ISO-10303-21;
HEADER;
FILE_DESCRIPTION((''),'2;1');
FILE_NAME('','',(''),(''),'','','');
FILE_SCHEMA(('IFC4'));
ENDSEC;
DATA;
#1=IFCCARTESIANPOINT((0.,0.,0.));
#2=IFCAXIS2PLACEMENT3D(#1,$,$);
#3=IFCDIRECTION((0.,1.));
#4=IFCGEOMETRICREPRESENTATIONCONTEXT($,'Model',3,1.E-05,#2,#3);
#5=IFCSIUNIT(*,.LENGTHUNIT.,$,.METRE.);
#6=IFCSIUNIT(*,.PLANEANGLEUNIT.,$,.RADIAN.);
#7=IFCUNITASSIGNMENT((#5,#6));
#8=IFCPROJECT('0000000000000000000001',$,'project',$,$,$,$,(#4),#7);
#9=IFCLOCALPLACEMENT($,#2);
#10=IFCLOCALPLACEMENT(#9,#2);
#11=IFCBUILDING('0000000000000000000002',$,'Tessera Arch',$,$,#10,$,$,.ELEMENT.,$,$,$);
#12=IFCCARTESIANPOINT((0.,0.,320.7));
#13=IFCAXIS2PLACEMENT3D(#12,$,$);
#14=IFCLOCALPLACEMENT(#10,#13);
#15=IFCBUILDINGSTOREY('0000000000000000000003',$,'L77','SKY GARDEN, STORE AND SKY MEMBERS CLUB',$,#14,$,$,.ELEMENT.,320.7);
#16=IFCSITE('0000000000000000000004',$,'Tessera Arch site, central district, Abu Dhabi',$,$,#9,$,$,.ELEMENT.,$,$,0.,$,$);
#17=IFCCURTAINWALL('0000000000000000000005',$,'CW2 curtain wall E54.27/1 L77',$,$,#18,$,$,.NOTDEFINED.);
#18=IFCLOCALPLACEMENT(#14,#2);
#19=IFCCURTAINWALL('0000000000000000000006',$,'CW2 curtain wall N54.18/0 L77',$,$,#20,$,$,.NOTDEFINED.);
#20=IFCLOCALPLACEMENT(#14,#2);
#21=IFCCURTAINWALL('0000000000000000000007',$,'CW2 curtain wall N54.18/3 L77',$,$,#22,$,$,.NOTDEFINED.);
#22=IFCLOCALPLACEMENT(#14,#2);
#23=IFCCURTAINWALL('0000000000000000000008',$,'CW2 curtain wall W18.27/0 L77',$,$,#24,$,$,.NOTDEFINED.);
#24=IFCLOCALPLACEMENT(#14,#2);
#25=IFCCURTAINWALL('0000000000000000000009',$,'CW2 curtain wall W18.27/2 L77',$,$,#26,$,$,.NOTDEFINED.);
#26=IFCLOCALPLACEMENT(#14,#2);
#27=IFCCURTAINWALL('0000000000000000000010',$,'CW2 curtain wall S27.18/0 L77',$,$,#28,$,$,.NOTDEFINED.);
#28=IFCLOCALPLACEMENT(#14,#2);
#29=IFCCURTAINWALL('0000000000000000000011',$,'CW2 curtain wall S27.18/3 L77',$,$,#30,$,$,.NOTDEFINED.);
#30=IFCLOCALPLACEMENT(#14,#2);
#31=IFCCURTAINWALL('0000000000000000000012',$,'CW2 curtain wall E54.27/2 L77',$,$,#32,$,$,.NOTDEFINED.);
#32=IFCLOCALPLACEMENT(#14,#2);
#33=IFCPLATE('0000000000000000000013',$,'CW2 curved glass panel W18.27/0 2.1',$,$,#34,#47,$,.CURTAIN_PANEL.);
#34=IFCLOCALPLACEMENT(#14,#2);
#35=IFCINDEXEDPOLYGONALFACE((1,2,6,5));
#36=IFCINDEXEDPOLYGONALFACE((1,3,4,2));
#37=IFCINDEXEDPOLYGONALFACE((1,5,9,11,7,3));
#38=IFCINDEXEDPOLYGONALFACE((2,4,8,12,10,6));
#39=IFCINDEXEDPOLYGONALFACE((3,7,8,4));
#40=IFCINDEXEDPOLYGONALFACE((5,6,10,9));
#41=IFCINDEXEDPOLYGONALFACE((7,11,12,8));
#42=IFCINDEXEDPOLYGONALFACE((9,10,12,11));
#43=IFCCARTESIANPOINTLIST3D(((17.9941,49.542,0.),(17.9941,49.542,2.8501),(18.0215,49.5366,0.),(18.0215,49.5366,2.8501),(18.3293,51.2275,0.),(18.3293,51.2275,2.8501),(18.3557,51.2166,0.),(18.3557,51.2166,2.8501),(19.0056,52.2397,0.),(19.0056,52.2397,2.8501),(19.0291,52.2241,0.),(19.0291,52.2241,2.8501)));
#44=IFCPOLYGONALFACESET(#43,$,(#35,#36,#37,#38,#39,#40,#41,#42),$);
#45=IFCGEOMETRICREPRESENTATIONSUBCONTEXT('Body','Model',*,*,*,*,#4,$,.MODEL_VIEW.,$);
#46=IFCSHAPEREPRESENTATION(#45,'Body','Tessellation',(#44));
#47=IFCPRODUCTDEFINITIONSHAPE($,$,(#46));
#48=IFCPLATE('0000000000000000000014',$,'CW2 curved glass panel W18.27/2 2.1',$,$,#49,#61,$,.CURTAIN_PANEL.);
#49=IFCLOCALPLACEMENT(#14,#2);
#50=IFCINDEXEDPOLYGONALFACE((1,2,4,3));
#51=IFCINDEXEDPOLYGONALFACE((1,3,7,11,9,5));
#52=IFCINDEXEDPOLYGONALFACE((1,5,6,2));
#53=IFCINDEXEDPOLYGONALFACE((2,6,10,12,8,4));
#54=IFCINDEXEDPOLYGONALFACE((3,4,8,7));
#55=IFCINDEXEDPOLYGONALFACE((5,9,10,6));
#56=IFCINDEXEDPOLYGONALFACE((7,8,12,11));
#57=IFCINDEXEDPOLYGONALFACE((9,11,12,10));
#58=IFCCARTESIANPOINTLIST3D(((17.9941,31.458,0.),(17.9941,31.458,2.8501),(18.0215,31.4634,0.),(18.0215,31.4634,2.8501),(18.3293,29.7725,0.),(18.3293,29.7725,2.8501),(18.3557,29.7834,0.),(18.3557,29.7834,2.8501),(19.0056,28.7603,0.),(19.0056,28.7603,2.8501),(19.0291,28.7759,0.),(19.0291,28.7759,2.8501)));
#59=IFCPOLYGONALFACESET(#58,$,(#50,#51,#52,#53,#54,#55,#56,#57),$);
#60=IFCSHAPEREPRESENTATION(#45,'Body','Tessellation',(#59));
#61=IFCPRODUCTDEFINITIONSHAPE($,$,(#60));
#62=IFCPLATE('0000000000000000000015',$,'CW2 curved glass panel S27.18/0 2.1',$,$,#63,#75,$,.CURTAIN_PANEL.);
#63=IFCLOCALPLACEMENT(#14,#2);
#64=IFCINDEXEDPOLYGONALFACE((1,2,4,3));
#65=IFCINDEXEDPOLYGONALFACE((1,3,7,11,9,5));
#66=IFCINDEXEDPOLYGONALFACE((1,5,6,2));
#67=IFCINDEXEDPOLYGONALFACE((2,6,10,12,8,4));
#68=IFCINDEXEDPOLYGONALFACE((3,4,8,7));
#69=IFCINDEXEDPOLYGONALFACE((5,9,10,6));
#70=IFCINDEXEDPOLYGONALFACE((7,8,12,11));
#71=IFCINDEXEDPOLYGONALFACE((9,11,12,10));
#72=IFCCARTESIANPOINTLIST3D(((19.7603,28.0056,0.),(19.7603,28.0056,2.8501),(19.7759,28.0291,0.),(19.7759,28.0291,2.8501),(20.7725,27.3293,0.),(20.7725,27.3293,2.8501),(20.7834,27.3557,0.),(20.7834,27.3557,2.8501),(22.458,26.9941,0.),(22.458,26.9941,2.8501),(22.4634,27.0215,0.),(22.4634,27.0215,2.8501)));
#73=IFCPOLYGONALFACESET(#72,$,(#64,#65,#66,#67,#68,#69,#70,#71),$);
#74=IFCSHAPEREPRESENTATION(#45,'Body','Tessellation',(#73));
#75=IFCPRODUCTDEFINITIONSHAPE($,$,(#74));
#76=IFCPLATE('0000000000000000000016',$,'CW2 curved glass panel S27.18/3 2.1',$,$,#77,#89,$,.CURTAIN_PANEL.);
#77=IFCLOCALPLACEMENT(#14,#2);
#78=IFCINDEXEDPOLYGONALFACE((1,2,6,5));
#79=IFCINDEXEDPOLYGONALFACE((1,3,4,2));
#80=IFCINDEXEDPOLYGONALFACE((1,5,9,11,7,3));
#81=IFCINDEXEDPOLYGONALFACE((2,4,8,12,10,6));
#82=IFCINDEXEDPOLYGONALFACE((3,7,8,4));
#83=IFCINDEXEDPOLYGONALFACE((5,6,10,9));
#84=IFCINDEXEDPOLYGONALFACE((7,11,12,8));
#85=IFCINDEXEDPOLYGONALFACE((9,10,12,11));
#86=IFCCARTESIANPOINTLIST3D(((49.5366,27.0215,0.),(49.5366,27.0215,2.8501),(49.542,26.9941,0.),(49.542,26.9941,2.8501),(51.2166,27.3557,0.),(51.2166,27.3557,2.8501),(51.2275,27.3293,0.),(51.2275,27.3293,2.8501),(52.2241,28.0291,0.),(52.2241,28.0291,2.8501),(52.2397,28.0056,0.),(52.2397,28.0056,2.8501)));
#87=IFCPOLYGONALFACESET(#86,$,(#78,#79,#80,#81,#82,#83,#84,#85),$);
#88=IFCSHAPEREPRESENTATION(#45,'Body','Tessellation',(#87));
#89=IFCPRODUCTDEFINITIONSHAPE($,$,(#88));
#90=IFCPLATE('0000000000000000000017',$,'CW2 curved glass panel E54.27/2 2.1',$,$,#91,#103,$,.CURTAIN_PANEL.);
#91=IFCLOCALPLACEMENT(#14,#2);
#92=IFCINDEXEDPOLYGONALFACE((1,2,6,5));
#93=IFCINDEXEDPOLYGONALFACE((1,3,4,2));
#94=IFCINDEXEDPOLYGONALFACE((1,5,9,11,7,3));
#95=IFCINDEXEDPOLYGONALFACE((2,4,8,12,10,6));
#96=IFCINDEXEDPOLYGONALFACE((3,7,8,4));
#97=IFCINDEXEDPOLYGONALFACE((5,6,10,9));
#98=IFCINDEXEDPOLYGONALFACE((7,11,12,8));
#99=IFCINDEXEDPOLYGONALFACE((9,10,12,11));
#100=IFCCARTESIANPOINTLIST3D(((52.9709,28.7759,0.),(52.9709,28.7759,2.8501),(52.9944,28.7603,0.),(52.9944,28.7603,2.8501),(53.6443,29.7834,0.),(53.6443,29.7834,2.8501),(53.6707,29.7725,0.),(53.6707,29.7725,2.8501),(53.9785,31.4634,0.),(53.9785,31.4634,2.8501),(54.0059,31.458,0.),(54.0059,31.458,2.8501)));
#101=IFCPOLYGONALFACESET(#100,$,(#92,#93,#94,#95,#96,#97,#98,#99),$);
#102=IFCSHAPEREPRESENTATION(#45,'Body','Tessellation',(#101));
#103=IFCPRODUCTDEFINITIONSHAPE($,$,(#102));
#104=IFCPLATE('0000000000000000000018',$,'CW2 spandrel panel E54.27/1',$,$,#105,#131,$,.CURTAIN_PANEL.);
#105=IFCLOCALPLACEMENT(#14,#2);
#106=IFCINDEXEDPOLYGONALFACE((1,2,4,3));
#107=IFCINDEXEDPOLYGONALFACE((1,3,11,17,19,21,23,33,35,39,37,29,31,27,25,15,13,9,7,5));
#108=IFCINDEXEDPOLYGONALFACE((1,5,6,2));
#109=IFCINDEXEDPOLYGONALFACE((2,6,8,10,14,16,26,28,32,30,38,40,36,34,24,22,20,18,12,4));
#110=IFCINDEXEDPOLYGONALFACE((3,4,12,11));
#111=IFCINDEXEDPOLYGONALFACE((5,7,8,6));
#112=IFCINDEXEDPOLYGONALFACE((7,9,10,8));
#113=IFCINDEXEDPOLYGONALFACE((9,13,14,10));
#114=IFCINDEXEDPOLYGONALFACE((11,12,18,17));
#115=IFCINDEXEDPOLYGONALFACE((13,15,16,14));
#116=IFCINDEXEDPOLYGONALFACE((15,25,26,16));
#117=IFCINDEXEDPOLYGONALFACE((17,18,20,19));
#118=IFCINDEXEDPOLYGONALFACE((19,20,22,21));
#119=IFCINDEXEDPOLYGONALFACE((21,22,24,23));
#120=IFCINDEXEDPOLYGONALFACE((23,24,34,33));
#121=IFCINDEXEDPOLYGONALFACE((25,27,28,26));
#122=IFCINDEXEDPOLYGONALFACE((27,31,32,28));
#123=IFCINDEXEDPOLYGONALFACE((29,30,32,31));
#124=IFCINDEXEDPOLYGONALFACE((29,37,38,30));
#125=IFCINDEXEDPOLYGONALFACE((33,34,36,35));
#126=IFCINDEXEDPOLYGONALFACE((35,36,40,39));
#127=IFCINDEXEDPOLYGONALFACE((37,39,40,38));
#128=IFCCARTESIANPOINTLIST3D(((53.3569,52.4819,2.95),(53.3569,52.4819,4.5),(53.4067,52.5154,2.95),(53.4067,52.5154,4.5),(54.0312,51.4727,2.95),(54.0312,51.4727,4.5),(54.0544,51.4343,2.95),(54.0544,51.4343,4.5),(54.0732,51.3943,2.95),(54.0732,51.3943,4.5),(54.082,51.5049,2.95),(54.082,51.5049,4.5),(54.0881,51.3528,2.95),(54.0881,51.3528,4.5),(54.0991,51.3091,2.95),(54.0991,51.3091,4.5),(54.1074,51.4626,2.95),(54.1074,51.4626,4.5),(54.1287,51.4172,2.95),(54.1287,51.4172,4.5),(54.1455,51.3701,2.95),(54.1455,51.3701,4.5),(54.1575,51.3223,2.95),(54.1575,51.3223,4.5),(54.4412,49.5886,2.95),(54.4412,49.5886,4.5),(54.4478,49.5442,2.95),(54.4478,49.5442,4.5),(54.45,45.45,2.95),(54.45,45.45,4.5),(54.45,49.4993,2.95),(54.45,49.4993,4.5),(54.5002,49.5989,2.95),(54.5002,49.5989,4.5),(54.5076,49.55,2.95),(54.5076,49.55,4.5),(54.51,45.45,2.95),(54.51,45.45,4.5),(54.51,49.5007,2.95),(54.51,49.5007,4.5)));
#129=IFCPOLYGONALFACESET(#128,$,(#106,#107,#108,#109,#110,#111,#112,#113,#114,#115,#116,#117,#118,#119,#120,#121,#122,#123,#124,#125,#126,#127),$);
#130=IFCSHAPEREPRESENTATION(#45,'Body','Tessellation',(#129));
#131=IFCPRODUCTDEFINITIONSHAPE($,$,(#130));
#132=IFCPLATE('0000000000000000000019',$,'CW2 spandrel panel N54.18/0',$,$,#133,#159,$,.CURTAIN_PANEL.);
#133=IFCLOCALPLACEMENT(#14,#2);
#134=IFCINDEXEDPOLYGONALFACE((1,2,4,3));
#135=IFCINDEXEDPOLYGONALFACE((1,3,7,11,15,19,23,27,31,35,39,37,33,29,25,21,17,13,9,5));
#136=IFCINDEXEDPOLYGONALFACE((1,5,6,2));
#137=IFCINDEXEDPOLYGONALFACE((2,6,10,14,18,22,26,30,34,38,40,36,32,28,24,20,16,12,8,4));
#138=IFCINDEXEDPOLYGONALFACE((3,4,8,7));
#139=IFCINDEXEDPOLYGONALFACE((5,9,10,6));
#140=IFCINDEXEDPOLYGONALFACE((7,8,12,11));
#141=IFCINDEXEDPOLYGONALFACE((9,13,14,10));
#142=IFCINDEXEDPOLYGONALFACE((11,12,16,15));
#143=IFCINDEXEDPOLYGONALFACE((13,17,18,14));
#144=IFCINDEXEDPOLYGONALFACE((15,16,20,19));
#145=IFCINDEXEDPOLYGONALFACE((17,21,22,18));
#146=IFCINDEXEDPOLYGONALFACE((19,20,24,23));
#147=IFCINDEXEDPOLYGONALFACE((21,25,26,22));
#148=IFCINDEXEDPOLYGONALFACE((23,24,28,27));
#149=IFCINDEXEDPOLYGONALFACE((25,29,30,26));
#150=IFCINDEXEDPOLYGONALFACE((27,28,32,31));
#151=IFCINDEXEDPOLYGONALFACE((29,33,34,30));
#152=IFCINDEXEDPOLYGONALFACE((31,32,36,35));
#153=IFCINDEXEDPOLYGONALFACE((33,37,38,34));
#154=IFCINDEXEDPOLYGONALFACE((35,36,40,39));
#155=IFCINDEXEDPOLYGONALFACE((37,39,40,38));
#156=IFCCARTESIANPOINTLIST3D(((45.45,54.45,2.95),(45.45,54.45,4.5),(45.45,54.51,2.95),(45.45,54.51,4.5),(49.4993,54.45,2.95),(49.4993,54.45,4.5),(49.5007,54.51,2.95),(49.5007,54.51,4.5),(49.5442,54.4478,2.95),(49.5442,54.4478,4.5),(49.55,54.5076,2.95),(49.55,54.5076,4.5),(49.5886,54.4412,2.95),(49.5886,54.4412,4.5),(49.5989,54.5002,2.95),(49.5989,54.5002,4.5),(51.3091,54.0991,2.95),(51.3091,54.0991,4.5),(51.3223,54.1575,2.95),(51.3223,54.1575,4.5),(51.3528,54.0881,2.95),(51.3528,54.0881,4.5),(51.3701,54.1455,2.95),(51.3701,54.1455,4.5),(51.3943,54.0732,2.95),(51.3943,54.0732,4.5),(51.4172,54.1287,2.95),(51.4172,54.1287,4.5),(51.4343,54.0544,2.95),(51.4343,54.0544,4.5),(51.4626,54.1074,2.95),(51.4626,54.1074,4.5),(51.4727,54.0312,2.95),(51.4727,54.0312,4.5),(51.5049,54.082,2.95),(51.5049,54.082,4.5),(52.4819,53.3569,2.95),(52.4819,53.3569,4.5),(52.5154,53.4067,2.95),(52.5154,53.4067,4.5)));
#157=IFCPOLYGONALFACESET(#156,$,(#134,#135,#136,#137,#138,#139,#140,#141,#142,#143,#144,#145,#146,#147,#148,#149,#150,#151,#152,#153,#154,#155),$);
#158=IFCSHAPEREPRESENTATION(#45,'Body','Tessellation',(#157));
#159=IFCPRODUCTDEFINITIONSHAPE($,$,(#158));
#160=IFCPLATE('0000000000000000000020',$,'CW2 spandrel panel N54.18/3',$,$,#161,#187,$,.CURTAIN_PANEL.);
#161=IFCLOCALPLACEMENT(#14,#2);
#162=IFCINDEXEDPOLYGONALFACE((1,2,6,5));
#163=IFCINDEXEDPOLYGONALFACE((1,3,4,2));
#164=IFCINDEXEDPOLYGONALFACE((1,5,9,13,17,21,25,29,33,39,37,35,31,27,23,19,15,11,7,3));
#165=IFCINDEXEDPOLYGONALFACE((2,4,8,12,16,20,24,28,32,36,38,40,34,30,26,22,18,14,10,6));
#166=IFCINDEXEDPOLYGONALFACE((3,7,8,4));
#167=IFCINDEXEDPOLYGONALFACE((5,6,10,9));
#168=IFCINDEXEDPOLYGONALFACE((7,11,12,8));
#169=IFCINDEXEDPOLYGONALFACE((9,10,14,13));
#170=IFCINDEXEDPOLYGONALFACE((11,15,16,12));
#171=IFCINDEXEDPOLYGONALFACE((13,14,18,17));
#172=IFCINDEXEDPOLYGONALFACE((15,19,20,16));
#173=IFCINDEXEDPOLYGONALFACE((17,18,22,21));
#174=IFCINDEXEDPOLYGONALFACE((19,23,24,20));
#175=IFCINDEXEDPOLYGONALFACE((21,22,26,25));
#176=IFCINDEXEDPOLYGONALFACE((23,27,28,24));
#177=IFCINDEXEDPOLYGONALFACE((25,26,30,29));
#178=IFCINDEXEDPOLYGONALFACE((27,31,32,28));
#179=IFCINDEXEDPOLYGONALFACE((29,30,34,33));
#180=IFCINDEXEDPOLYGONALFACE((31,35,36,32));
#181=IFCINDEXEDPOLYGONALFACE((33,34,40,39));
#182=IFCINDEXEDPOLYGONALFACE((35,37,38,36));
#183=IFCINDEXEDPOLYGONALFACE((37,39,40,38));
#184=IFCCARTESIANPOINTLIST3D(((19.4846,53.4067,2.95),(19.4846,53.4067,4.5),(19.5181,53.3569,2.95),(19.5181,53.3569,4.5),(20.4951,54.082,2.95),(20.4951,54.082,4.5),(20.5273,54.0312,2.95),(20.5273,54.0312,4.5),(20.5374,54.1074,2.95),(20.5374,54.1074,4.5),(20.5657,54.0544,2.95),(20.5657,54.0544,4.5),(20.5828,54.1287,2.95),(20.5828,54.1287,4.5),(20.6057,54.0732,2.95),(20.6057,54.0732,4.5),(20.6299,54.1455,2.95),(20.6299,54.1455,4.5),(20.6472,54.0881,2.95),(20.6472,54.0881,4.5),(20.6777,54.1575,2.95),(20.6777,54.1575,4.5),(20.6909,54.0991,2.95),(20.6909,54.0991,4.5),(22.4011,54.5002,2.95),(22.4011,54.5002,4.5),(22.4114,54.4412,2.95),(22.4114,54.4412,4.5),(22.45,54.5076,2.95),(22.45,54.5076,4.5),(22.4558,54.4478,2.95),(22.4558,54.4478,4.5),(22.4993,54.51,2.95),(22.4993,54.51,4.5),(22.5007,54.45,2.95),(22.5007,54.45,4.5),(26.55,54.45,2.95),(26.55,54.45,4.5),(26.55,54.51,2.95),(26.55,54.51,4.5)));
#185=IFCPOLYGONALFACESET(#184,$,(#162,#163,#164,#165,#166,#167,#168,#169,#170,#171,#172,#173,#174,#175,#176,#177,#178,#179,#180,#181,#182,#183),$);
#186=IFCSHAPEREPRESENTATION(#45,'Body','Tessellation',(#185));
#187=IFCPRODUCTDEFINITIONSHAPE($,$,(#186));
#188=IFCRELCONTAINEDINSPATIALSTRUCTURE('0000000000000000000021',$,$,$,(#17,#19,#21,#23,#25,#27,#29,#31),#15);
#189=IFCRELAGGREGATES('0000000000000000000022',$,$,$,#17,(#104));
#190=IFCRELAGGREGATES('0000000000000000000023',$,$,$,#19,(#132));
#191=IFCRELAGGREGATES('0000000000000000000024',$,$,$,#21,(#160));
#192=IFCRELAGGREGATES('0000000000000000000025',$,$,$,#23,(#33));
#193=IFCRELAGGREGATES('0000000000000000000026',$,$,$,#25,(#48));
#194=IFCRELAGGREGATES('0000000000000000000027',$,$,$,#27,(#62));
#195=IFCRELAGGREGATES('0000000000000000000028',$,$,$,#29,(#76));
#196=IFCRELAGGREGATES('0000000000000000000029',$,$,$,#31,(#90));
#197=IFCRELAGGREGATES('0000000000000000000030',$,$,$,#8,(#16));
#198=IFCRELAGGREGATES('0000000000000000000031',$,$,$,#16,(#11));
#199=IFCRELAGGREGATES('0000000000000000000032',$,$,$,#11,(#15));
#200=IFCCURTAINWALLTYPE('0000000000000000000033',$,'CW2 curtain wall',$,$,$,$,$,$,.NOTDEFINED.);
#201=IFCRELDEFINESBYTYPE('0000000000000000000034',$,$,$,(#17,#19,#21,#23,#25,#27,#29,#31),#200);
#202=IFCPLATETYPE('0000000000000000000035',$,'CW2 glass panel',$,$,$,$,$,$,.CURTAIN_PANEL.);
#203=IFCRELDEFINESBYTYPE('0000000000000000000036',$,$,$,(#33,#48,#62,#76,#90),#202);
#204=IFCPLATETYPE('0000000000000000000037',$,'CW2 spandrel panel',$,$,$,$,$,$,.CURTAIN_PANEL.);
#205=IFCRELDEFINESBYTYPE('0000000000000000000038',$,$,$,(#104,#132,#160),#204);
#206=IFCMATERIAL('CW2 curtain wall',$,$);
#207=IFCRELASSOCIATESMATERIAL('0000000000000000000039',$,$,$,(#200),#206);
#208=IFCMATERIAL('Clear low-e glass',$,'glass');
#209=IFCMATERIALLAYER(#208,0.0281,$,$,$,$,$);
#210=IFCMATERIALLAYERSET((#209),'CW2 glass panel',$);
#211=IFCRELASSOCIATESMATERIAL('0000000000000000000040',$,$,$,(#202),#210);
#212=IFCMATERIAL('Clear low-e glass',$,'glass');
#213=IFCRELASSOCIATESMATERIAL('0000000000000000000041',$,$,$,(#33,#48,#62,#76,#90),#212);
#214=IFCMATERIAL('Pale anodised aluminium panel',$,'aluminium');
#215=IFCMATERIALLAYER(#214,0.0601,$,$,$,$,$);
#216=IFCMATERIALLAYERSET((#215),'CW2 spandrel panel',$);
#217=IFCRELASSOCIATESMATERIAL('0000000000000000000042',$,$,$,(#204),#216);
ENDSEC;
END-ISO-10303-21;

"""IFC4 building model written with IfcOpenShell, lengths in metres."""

from ifc_helpers import new_model, si_unit, direction, frame, origin, place, context, subcontext, project, spatial, polyline, outline, extrude, material, layer, layer_set, type_object, element, aggregate, save


model = new_model("IFC4")

# Units and contexts
model_context = context("Model", 3, precision=1e-05, world=origin(), true_north=direction((0.0, 1.0)))
body_context = subcontext(model_context, "Body", "Model", "MODEL_VIEW")
ifc_project = project(units=[si_unit("LENGTHUNIT", "METRE"), si_unit("PLANEANGLEUNIT", "RADIAN")], contexts=[model_context])

# Site, building, storey
site_placement = place(None, origin())
site = spatial("IfcSite", under=ifc_project, at=site_placement, Name="Tessera Arch site, central district, Abu Dhabi", CompositionType="ELEMENT", RefElevation=0.0)
building_placement = place(site_placement, origin())
building = spatial("IfcBuilding", under=site, at=building_placement, Name="Tessera Arch", CompositionType="ELEMENT")
storey_placement = place(building_placement, frame((0.0, 0.0, 320.7)))
storey = spatial("IfcBuildingStorey", under=building, at=storey_placement, Name="L77", Description="SKY GARDEN, STORE AND SKY MEMBERS CLUB", CompositionType="ELEMENT", Elevation=320.7)

# Curtain walls
ifc_material_1 = material(Name="CW2 curtain wall")
curtain_wall_type = type_object("IfcCurtainWallType", Name="CW2 curtain wall", PredefinedType="NOTDEFINED", material=ifc_material_1)
curtain_wall_1_placement = place(storey_placement, origin())
curtain_wall_1 = element("IfcCurtainWall", 1, at=curtain_wall_1_placement, inside=storey, type_object=curtain_wall_type, Name="CW2 curtain wall E54.27/1 L77", PredefinedType="NOTDEFINED")
curtain_wall_2_placement = place(storey_placement, origin())
curtain_wall_2 = element("IfcCurtainWall", 2, at=curtain_wall_2_placement, inside=storey, type_object=curtain_wall_type, Name="CW2 curtain wall N54.18/0 L77", PredefinedType="NOTDEFINED")
curtain_wall_3_placement = place(storey_placement, origin())
curtain_wall_3 = element("IfcCurtainWall", 3, at=curtain_wall_3_placement, inside=storey, type_object=curtain_wall_type, Name="CW2 curtain wall N54.18/3 L77", PredefinedType="NOTDEFINED")
curtain_wall_4_placement = place(storey_placement, origin())
curtain_wall_4 = element("IfcCurtainWall", 4, at=curtain_wall_4_placement, inside=storey, type_object=curtain_wall_type, Name="CW2 curtain wall W18.27/0 L77", PredefinedType="NOTDEFINED")
curtain_wall_5_placement = place(storey_placement, origin())
curtain_wall_5 = element("IfcCurtainWall", 5, at=curtain_wall_5_placement, inside=storey, type_object=curtain_wall_type, Name="CW2 curtain wall W18.27/2 L77", PredefinedType="NOTDEFINED")
curtain_wall_6_placement = place(storey_placement, origin())
curtain_wall_6 = element("IfcCurtainWall", 6, at=curtain_wall_6_placement, inside=storey, type_object=curtain_wall_type, Name="CW2 curtain wall S27.18/0 L77", PredefinedType="NOTDEFINED")
curtain_wall_7_placement = place(storey_placement, origin())
curtain_wall_7 = element("IfcCurtainWall", 7, at=curtain_wall_7_placement, inside=storey, type_object=curtain_wall_type, Name="CW2 curtain wall S27.18/3 L77", PredefinedType="NOTDEFINED")
curtain_wall_8_placement = place(storey_placement, origin())
curtain_wall_8 = element("IfcCurtainWall", 8, at=curtain_wall_8_placement, inside=storey, type_object=curtain_wall_type, Name="CW2 curtain wall E54.27/2 L77", PredefinedType="NOTDEFINED")

# Plates
ifc_material_2 = material(Name="Clear low-e glass", Category="glass")
ifc_material_3 = material(Name="Clear low-e glass", Category="glass")
ifc_layer_1 = layer(ifc_material_3, 0.0281)
ifc_layer_set_1 = layer_set([ifc_layer_1], Name="CW2 glass panel")
plate_type_1 = type_object("IfcPlateType", Name="CW2 glass panel", PredefinedType="CURTAIN_PANEL", material=ifc_layer_set_1)
plate_1_placement = place(storey_placement, origin())
plate_1 = element("IfcPlate", 9, at=plate_1_placement, type_object=plate_type_1, material=ifc_material_2, Name="CW2 curved glass panel W18.27/0 2.1", PredefinedType="CURTAIN_PANEL", context=body_context, shape_type="SweptSolid", body=[
    extrude(outline(polyline([(18.3557, 51.2166), (19.0291, 52.2241), (19.0056, 52.2397), (18.3293, 51.2275), (17.9941, 49.542), (18.0215, 49.5366), (18.3557, 51.2166)])), origin(), (0.0, 0.0, 1.0), 2.8501),
])
plate_2_placement = place(storey_placement, origin())
plate_2 = element("IfcPlate", 10, at=plate_2_placement, type_object=plate_type_1, material=ifc_material_2, Name="CW2 curved glass panel W18.27/2 2.1", PredefinedType="CURTAIN_PANEL", context=body_context, shape_type="SweptSolid", body=[
    extrude(outline(polyline([(18.3557, 29.7834), (18.0215, 31.4634), (17.9941, 31.458), (18.3293, 29.7725), (19.0056, 28.7603), (19.0291, 28.7759), (18.3557, 29.7834)])), origin(), (0.0, 0.0, 1.0), 2.8501),
])
plate_3_placement = place(storey_placement, origin())
plate_3 = element("IfcPlate", 11, at=plate_3_placement, type_object=plate_type_1, material=ifc_material_2, Name="CW2 curved glass panel S27.18/0 2.1", PredefinedType="CURTAIN_PANEL", context=body_context, shape_type="SweptSolid", body=[
    extrude(outline(polyline([(20.7834, 27.3557), (19.7759, 28.0291), (19.7603, 28.0056), (20.7725, 27.3293), (22.458, 26.9941), (22.4634, 27.0215), (20.7834, 27.3557)])), origin(), (0.0, 0.0, 1.0), 2.8501),
])
plate_4_placement = place(storey_placement, origin())
plate_4 = element("IfcPlate", 12, at=plate_4_placement, type_object=plate_type_1, material=ifc_material_2, Name="CW2 curved glass panel S27.18/3 2.1", PredefinedType="CURTAIN_PANEL", context=body_context, shape_type="SweptSolid", body=[
    extrude(outline(polyline([(51.2166, 27.3557), (49.5366, 27.0215), (49.542, 26.9941), (51.2275, 27.3293), (52.2397, 28.0056), (52.2241, 28.0291), (51.2166, 27.3557)])), origin(), (0.0, 0.0, 1.0), 2.8501),
])
plate_5_placement = place(storey_placement, origin())
plate_5 = element("IfcPlate", 13, at=plate_5_placement, type_object=plate_type_1, material=ifc_material_2, Name="CW2 curved glass panel E54.27/2 2.1", PredefinedType="CURTAIN_PANEL", context=body_context, shape_type="SweptSolid", body=[
    extrude(outline(polyline([(53.6443, 29.7834), (52.9709, 28.7759), (52.9944, 28.7603), (53.6707, 29.7725), (54.0059, 31.458), (53.9785, 31.4634), (53.6443, 29.7834)])), origin(), (0.0, 0.0, 1.0), 2.8501),
])
ifc_material_4 = material(Name="Pale anodised aluminium panel", Category="aluminium")
ifc_layer_2 = layer(ifc_material_4, 0.0601)
ifc_layer_set_2 = layer_set([ifc_layer_2], Name="CW2 spandrel panel")
plate_type_2 = type_object("IfcPlateType", Name="CW2 spandrel panel", PredefinedType="CURTAIN_PANEL", material=ifc_layer_set_2)
plate_6_placement = place(storey_placement, frame((0.0, 0.0, 2.95)))
plate_6 = element("IfcPlate", 14, at=plate_6_placement, type_object=plate_type_2, Name="CW2 spandrel panel E54.27/1", PredefinedType="CURTAIN_PANEL", context=body_context, shape_type="SweptSolid", body=[
    extrude(outline(polyline([(54.45, 49.4993), (54.45, 45.45), (54.51, 45.45), (54.51, 49.5007), (54.5076, 49.55), (54.5002, 49.5989), (54.1575, 51.3223), (54.1455, 51.3701), (54.1287, 51.4172), (54.1074, 51.4626), (54.082, 51.5049), (53.4067, 52.5154), (53.3569, 52.4819), (54.0312, 51.4727), (54.0544, 51.4343), (54.0732, 51.3943), (54.0881, 51.3528), (54.0991, 51.3091), (54.4412, 49.5886), (54.4478, 49.5442), (54.45, 49.4993)])), origin(), (0.0, 0.0, 1.0), 1.55),
])
aggregate(curtain_wall_1, [plate_6])
plate_7_placement = place(storey_placement, frame((0.0, 0.0, 2.95)))
plate_7 = element("IfcPlate", 15, at=plate_7_placement, type_object=plate_type_2, Name="CW2 spandrel panel N54.18/0", PredefinedType="CURTAIN_PANEL", context=body_context, shape_type="SweptSolid", body=[
    extrude(outline(polyline([(51.4727, 54.0312), (52.4819, 53.3569), (52.5154, 53.4067), (51.5049, 54.082), (51.4626, 54.1074), (51.4172, 54.1287), (51.3701, 54.1455), (51.3223, 54.1575), (49.5989, 54.5002), (49.55, 54.5076), (49.5007, 54.51), (45.45, 54.51), (45.45, 54.45), (49.4993, 54.45), (49.5442, 54.4478), (49.5886, 54.4412), (51.3091, 54.0991), (51.3528, 54.0881), (51.3943, 54.0732), (51.4343, 54.0544), (51.4727, 54.0312)])), origin(), (0.0, 0.0, 1.0), 1.55),
])
aggregate(curtain_wall_2, [plate_7])
plate_8_placement = place(storey_placement, frame((0.0, 0.0, 2.95)))
plate_8 = element("IfcPlate", 16, at=plate_8_placement, type_object=plate_type_2, Name="CW2 spandrel panel N54.18/3", PredefinedType="CURTAIN_PANEL", context=body_context, shape_type="SweptSolid", body=[
    extrude(outline(polyline([(22.5007, 54.45), (26.55, 54.45), (26.55, 54.51), (22.4993, 54.51), (22.45, 54.5076), (22.4011, 54.5002), (20.6777, 54.1575), (20.6299, 54.1455), (20.5828, 54.1287), (20.5374, 54.1074), (20.4951, 54.082), (19.4846, 53.4067), (19.5181, 53.3569), (20.5273, 54.0312), (20.5657, 54.0544), (20.6057, 54.0732), (20.6472, 54.0881), (20.6909, 54.0991), (22.4114, 54.4412), (22.4558, 54.4478), (22.5007, 54.45)])), origin(), (0.0, 0.0, 1.0), 1.55),
])
aggregate(curtain_wall_3, [plate_8])
aggregate(curtain_wall_4, [plate_1])
aggregate(curtain_wall_5, [plate_2])
aggregate(curtain_wall_6, [plate_3])
aggregate(curtain_wall_7, [plate_4])
aggregate(curtain_wall_8, [plate_5])

save(model, "model.ifc")
